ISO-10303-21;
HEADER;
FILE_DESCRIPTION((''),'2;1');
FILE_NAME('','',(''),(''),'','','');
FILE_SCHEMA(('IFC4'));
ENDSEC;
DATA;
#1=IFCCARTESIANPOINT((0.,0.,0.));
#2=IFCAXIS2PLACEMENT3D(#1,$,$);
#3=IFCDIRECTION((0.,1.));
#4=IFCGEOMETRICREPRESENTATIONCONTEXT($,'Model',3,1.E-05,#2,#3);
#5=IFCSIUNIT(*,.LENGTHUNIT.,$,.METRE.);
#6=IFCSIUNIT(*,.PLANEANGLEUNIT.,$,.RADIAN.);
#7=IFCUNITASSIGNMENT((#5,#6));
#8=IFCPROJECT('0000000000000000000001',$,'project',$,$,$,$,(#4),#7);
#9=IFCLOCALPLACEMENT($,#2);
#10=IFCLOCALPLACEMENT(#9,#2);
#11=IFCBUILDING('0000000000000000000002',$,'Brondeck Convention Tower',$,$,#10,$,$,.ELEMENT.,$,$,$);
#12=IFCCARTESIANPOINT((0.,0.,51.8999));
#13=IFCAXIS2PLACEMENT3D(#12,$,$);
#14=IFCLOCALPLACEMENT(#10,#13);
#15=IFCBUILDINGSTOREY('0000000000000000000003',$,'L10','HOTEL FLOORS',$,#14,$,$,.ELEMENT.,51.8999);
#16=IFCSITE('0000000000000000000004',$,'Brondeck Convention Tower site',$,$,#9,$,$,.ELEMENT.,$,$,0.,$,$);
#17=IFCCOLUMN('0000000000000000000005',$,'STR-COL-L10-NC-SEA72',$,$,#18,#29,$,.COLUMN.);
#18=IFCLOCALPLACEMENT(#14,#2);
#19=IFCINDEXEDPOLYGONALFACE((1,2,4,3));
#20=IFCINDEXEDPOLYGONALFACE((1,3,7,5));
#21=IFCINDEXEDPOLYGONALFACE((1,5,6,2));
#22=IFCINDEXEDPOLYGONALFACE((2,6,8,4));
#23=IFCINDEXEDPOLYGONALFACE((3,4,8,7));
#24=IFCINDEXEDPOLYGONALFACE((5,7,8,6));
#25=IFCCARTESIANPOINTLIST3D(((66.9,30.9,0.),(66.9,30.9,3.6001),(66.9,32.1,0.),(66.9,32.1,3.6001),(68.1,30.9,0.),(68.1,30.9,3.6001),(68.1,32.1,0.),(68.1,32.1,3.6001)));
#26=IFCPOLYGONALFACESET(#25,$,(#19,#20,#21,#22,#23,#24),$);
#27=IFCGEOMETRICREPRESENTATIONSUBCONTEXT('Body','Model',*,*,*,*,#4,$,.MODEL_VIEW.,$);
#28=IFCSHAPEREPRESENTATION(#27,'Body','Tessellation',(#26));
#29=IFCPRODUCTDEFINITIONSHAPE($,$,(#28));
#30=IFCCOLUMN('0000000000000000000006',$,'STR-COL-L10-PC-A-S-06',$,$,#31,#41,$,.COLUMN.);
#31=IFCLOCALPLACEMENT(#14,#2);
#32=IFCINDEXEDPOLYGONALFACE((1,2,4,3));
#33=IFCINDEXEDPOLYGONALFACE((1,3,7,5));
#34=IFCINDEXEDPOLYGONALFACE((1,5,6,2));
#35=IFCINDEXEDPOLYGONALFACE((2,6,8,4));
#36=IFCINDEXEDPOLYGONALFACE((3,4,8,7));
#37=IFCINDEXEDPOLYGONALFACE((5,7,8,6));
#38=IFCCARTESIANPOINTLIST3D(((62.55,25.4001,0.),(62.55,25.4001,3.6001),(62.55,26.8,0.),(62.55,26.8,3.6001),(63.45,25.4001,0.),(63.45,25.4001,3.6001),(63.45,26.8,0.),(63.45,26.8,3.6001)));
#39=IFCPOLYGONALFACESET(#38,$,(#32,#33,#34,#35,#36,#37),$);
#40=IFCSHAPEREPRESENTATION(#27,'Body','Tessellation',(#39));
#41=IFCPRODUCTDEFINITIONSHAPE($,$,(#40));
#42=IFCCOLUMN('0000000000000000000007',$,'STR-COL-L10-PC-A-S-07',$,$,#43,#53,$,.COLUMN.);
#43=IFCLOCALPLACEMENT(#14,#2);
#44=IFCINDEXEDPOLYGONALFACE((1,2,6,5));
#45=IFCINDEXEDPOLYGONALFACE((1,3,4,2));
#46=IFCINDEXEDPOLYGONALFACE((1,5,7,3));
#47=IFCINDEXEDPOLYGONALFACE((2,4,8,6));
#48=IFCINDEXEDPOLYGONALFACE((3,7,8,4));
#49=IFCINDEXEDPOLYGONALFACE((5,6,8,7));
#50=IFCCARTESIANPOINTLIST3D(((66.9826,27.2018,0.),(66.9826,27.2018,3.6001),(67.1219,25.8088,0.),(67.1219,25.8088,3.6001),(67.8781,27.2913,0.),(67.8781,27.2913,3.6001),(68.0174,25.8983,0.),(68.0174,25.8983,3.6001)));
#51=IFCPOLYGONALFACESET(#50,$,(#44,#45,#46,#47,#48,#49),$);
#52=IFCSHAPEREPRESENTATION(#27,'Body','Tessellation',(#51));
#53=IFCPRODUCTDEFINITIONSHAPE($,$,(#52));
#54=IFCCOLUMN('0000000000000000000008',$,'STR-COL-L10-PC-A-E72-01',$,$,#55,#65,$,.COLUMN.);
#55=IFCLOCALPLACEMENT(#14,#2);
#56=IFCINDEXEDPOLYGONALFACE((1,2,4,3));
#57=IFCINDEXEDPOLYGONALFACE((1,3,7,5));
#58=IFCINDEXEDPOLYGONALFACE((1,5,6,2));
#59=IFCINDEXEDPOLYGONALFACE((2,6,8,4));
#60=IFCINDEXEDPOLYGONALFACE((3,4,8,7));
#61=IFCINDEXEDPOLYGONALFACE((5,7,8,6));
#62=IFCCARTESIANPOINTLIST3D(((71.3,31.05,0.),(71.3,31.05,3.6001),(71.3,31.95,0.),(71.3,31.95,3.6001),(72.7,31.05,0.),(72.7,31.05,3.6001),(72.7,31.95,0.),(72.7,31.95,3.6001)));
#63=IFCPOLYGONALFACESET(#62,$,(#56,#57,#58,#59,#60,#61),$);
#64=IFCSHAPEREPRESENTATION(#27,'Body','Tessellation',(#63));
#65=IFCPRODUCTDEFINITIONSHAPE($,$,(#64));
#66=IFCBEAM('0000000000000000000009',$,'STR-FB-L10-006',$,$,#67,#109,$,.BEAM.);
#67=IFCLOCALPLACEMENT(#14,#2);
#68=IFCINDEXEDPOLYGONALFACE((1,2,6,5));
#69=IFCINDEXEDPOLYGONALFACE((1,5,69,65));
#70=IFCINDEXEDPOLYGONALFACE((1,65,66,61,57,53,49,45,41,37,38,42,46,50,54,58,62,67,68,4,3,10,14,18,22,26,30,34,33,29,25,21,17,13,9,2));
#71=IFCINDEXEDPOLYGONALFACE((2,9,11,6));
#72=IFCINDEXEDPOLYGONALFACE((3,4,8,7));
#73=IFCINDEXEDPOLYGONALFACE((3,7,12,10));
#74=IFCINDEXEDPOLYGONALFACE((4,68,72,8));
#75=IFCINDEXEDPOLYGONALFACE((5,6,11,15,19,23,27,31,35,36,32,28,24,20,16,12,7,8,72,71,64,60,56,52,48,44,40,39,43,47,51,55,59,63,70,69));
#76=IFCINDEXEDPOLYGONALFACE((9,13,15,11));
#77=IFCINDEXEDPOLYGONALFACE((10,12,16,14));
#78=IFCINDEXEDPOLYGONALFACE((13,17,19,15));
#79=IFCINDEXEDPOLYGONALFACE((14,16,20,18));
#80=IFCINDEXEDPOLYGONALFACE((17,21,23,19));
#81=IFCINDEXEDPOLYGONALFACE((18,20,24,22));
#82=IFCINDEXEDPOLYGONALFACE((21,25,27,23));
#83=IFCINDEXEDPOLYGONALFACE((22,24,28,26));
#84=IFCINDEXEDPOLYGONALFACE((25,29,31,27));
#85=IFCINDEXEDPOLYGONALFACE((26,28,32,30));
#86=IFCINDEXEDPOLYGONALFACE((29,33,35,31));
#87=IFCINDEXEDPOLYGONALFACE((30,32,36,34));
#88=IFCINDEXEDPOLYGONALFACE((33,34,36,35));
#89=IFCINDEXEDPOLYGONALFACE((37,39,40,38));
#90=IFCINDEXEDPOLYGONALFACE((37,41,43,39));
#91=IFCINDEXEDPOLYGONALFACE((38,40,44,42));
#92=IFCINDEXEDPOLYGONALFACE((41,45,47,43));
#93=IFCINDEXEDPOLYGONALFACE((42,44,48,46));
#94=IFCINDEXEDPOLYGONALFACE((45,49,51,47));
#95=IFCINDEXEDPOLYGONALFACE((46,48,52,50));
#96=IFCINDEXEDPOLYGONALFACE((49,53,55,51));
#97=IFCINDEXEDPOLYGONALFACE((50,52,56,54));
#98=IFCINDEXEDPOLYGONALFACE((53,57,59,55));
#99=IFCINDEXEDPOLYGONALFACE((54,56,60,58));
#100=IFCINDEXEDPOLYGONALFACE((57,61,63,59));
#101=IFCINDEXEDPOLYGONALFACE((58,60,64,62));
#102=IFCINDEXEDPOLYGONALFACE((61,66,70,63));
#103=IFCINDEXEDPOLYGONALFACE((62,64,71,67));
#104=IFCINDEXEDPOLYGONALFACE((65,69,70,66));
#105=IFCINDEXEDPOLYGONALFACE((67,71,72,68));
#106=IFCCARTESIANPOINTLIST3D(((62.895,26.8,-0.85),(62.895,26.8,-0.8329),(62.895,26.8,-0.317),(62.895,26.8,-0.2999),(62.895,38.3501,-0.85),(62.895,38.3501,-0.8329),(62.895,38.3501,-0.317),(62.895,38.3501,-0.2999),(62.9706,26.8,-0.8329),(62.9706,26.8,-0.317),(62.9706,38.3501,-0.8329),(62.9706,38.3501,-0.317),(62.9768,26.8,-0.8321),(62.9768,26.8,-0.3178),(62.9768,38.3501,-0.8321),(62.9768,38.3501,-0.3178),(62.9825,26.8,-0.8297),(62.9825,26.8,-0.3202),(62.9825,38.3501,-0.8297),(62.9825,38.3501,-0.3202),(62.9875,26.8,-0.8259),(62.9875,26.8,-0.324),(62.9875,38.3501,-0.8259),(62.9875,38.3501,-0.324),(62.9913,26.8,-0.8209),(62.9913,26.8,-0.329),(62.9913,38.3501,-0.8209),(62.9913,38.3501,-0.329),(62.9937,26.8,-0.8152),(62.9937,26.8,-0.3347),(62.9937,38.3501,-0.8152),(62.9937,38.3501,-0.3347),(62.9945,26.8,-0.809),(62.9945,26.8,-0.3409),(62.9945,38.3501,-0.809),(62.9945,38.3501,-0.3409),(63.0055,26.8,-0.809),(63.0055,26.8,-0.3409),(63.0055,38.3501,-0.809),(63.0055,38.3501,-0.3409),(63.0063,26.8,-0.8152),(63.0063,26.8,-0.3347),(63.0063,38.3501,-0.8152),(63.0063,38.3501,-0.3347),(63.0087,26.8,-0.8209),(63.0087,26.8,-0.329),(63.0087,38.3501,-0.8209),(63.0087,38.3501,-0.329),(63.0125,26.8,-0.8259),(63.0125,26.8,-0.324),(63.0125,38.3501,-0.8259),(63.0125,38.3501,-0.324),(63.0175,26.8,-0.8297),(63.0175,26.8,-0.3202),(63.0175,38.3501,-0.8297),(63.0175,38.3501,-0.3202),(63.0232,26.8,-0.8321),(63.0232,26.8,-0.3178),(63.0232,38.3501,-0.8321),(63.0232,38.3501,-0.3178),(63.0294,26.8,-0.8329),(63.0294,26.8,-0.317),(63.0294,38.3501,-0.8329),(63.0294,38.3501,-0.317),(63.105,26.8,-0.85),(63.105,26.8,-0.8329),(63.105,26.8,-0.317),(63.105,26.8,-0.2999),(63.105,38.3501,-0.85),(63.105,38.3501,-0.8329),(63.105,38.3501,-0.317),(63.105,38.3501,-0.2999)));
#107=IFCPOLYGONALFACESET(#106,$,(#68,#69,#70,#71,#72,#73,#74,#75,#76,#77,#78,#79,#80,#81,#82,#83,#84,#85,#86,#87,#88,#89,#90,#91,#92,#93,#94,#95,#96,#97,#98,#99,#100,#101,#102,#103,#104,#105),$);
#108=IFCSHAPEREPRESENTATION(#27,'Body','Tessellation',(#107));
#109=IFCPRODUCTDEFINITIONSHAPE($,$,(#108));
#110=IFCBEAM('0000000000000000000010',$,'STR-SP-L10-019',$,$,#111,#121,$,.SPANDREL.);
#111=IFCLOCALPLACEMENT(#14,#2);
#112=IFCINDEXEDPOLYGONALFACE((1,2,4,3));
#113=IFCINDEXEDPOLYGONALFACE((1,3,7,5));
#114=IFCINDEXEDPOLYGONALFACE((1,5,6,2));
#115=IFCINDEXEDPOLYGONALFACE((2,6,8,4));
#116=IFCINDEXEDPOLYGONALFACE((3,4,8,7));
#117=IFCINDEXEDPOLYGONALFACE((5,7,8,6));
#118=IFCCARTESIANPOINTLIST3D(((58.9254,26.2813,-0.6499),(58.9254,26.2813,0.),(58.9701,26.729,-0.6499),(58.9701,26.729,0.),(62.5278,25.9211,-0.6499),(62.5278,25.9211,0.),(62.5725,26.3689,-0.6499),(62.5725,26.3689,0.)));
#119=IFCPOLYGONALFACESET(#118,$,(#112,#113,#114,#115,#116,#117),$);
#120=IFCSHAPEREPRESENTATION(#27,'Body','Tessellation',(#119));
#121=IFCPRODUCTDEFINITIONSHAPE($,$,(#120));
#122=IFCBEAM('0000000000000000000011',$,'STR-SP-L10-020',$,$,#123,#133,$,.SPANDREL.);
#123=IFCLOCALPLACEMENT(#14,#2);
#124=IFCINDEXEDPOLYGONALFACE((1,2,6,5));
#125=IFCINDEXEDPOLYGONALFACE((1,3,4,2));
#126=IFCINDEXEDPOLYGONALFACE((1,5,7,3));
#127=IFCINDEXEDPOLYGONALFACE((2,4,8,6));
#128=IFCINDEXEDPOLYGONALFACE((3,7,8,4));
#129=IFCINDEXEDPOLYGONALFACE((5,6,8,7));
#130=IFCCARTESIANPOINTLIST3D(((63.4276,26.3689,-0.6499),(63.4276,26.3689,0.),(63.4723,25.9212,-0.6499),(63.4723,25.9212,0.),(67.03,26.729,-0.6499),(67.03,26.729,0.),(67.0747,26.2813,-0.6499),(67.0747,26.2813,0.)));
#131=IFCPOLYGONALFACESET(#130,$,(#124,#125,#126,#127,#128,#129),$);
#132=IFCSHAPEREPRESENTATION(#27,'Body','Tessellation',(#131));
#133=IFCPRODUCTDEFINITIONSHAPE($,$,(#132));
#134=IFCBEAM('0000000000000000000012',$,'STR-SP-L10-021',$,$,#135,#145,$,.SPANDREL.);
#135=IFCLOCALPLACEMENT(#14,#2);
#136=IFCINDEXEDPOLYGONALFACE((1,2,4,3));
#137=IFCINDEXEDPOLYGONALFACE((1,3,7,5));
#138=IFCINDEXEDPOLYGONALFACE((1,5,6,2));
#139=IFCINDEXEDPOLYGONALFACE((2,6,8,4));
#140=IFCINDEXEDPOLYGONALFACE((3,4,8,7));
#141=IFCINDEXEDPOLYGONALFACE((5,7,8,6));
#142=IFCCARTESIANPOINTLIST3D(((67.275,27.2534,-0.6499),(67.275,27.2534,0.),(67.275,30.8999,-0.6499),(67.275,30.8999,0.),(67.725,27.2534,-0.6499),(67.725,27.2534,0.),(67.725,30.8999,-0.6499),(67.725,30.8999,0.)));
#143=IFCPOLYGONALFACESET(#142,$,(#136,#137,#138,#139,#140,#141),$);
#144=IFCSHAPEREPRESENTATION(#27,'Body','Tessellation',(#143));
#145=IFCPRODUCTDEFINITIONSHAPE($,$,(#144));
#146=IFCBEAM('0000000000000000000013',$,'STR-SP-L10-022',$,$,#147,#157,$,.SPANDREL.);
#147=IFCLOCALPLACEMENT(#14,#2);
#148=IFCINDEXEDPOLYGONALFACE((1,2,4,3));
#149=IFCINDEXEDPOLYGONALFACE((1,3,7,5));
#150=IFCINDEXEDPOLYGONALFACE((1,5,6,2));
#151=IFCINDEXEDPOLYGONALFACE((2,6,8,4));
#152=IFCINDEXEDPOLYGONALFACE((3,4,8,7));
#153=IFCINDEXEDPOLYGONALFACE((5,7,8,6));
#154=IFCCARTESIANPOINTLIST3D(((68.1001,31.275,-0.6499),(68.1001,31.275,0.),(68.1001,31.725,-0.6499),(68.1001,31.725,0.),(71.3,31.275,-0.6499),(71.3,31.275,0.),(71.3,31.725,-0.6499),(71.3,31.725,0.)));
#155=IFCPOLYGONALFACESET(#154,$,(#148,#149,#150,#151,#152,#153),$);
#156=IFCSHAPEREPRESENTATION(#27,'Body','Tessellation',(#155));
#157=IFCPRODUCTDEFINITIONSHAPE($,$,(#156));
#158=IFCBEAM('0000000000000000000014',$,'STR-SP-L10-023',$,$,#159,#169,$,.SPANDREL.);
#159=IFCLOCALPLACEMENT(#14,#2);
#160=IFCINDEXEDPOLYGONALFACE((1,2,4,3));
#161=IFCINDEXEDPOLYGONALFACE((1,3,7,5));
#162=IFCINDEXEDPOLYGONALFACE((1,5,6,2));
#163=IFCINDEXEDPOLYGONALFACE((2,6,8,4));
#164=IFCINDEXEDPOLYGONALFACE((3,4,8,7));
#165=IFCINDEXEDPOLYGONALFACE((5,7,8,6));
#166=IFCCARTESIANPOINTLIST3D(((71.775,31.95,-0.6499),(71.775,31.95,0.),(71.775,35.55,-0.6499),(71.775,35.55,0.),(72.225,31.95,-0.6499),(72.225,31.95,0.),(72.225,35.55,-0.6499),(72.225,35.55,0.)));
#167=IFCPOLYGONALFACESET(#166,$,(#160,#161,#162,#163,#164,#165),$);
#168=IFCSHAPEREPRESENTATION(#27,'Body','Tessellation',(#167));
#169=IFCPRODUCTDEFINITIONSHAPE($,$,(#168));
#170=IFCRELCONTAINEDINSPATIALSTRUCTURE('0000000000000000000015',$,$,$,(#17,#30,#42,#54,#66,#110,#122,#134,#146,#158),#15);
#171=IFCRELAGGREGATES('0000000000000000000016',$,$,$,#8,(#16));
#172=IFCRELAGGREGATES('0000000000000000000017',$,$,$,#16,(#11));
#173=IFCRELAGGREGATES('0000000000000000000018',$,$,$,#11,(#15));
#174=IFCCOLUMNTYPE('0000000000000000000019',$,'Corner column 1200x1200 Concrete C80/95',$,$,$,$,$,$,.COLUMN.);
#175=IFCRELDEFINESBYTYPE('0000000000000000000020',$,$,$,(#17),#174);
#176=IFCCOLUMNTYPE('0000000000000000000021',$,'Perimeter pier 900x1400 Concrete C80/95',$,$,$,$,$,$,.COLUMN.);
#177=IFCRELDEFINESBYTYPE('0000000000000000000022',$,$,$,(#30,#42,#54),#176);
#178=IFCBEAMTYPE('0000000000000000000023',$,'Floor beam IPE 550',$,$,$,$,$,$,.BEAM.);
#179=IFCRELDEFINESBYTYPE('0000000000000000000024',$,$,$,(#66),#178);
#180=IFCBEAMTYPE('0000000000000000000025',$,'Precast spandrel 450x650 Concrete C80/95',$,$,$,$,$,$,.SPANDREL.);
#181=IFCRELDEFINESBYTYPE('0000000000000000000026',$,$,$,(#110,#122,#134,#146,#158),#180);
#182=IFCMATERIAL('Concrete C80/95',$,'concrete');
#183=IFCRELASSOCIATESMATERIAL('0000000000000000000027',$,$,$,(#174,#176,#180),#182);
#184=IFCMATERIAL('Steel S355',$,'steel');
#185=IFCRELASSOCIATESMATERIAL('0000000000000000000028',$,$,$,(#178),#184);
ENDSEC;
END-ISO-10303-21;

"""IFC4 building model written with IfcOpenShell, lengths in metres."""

from ifc_helpers import new_model, si_unit, direction, frame, origin, origin_2d, place, context, subcontext, project, spatial, rectangle, i_section, extrude, material, material_profile, profile_set, type_object, element, save


model = new_model("IFC4")

# Units and contexts
model_context = context("Model", 3, precision=1e-05, world=origin(), true_north=direction((0.0, 1.0)))
body_context = subcontext(model_context, "Body", "Model", "MODEL_VIEW")
ifc_project = project(units=[si_unit("LENGTHUNIT", "METRE"), si_unit("PLANEANGLEUNIT", "RADIAN")], contexts=[model_context])

# Site, building, storey
site_placement = place(None, origin())
site = spatial("IfcSite", under=ifc_project, at=site_placement, Name="Brondeck Convention Tower site", CompositionType="ELEMENT", RefElevation=0.0)
building_placement = place(site_placement, origin())
building = spatial("IfcBuilding", under=site, at=building_placement, Name="Brondeck Convention Tower", CompositionType="ELEMENT")
storey_placement = place(building_placement, frame((0.0, 0.0, 51.8999)))
storey = spatial("IfcBuildingStorey", under=building, at=storey_placement, Name="L10", Description="HOTEL FLOORS", CompositionType="ELEMENT", Elevation=51.8999)

# Columns
ifc_material_1 = material(Name="Concrete C80/95", Category="concrete")
ifc_material_profile_1 = material_profile(ifc_material_1, rectangle(XDim=1.2, YDim=1.2, at=origin_2d()), Name="Corner column 1200x1200 Concrete C80/95")
ifc_profile_set_1 = profile_set([ifc_material_profile_1], Name="Concrete C80/95")
column_type_1 = type_object("IfcColumnType", Name="Corner column 1200x1200 Concrete C80/95", PredefinedType="COLUMN", material=ifc_profile_set_1)
column_placement = place(storey_placement, frame((67.5, 31.5, 0.0), z_axis=(0.0, 0.0, 1.0), x_axis=(1.0, 0.0, 0.0)))
element("IfcColumn", 1, at=column_placement, inside=storey, type_object=column_type_1, Name="STR-COL-L10-NC-SEA72", PredefinedType="COLUMN", context=body_context, shape_type="SweptSolid", body=[
    extrude(rectangle(XDim=1.2, YDim=1.2, at=origin_2d()), origin(), (0.0, 0.0, 1.0), 3.6001),
])
ifc_material_profile_2 = material_profile(ifc_material_1, rectangle(XDim=0.8999, YDim=1.3999, at=origin_2d()), Name="Perimeter pier 900x1400 Concrete C80/95")
ifc_profile_set_2 = profile_set([ifc_material_profile_2], Name="Concrete C80/95")
column_type_2 = type_object("IfcColumnType", Name="Perimeter pier 900x1400 Concrete C80/95", PredefinedType="COLUMN", material=ifc_profile_set_2)
for number, where, z_axis, x_axis, name in (
    (2, (63.0, 26.1001, 0.0), (0.0, 0.0, 1.0), (1.0, 0.0, 0.0), "STR-COL-L10-PC-A-S-06"),
    (3, (67.5, 26.55, 0.0), (0.0, 0.0, 1.0), (0.995037, 0.099504, 0.0), "STR-COL-L10-PC-A-S-07"),
    (4, (72.0, 31.5, 0.0), (0.0, 0.0, 1.0), (0.0, 1.0, 0.0), "STR-COL-L10-PC-A-E72-01"),
):
    element("IfcColumn", number, at=place(storey_placement, frame(where, z_axis=z_axis, x_axis=x_axis)), inside=storey, type_object=column_type_2, Name=name, PredefinedType="COLUMN", context=body_context, shape_type="SweptSolid", body=[
        extrude(rectangle(XDim=0.8999, YDim=1.3999, at=origin_2d()), origin(), (0.0, 0.0, 1.0), 3.6001),
    ])

# Beams
ifc_material_2 = material(Name="Steel S355", Category="steel")
ifc_material_profile_3 = material_profile(ifc_material_2, i_section(OverallWidth=0.21, OverallDepth=0.55, WebThickness=0.011, FlangeThickness=0.0171, FilletRadius=0.0239, at=origin_2d()), Name="IPE 550")
ifc_profile_set_3 = profile_set([ifc_material_profile_3], Name="Steel S355")
beam_type_1 = type_object("IfcBeamType", Name="Floor beam IPE 550", PredefinedType="BEAM", material=ifc_profile_set_3)
beam_1_placement = place(storey_placement, frame((63.0, 26.8, -0.575), z_axis=(0.0, 1.0, 0.0), x_axis=(-1.0, 0.0, 0.0)))
element("IfcBeam", 5, at=beam_1_placement, inside=storey, type_object=beam_type_1, Name="STR-FB-L10-006", PredefinedType="BEAM", context=body_context, shape_type="SweptSolid", body=[
    extrude(i_section(OverallWidth=0.21, OverallDepth=0.55, WebThickness=0.011, FlangeThickness=0.0171, FilletRadius=0.0239, at=origin_2d()), origin(), (0.0, 0.0, 1.0), 11.55),
])
ifc_material_profile_4 = material_profile(ifc_material_1, rectangle(XDim=0.45, YDim=0.6499, at=origin_2d()), Name="Precast spandrel 450x650 Concrete C80/95")
ifc_profile_set_4 = profile_set([ifc_material_profile_4], Name="Concrete C80/95")
beam_type_2 = type_object("IfcBeamType", Name="Precast spandrel 450x650 Concrete C80/95", PredefinedType="SPANDREL", material=ifc_profile_set_4)
for number, where, z_axis, x_axis, name in (
    (6, (58.9478, 26.5051, -0.325), (0.995041, -0.09947, 0.0), (0.09947, 0.995041, 0.0), "STR-SP-L10-019"),
    (7, (63.45, 26.145, -0.325), (0.995041, 0.09947, 0.0), (-0.09947, 0.995041, 0.0), "STR-SP-L10-020"),
):
    element("IfcBeam", number, at=place(storey_placement, frame(where, z_axis=z_axis, x_axis=x_axis)), inside=storey, type_object=beam_type_2, Name=name, PredefinedType="SPANDREL", context=body_context, shape_type="SweptSolid", body=[
        extrude(rectangle(XDim=0.45, YDim=0.6499, at=origin_2d()), origin(), (0.0, 0.0, 1.0), 3.6204),
    ])
beam_2_placement = place(storey_placement, frame((67.5, 27.2534, -0.325), z_axis=(0.0, 1.0, 0.0), x_axis=(-1.0, 0.0, 0.0)))
element("IfcBeam", 8, at=beam_2_placement, inside=storey, type_object=beam_type_2, Name="STR-SP-L10-021", PredefinedType="SPANDREL", context=body_context, shape_type="SweptSolid", body=[
    extrude(rectangle(XDim=0.45, YDim=0.6499, at=origin_2d()), origin(), (0.0, 0.0, 1.0), 3.6465),
])
beam_3_placement = place(storey_placement, frame((68.1001, 31.5, -0.325), z_axis=(1.0, 0.0, 0.0), x_axis=(0.0, 1.0, 0.0)))
element("IfcBeam", 9, at=beam_3_placement, inside=storey, type_object=beam_type_2, Name="STR-SP-L10-022", PredefinedType="SPANDREL", context=body_context, shape_type="SweptSolid", body=[
    extrude(rectangle(XDim=0.45, YDim=0.6499, at=origin_2d()), origin(), (0.0, 0.0, 1.0), 3.2),
])
beam_4_placement = place(storey_placement, frame((72.0, 31.95, -0.325), z_axis=(0.0, 1.0, 0.0), x_axis=(-1.0, 0.0, 0.0)))
element("IfcBeam", 10, at=beam_4_placement, inside=storey, type_object=beam_type_2, Name="STR-SP-L10-023", PredefinedType="SPANDREL", context=body_context, shape_type="SweptSolid", body=[
    extrude(rectangle(XDim=0.45, YDim=0.6499, at=origin_2d()), origin(), (0.0, 0.0, 1.0), 3.6001),
])

save(model, "model.ifc")
